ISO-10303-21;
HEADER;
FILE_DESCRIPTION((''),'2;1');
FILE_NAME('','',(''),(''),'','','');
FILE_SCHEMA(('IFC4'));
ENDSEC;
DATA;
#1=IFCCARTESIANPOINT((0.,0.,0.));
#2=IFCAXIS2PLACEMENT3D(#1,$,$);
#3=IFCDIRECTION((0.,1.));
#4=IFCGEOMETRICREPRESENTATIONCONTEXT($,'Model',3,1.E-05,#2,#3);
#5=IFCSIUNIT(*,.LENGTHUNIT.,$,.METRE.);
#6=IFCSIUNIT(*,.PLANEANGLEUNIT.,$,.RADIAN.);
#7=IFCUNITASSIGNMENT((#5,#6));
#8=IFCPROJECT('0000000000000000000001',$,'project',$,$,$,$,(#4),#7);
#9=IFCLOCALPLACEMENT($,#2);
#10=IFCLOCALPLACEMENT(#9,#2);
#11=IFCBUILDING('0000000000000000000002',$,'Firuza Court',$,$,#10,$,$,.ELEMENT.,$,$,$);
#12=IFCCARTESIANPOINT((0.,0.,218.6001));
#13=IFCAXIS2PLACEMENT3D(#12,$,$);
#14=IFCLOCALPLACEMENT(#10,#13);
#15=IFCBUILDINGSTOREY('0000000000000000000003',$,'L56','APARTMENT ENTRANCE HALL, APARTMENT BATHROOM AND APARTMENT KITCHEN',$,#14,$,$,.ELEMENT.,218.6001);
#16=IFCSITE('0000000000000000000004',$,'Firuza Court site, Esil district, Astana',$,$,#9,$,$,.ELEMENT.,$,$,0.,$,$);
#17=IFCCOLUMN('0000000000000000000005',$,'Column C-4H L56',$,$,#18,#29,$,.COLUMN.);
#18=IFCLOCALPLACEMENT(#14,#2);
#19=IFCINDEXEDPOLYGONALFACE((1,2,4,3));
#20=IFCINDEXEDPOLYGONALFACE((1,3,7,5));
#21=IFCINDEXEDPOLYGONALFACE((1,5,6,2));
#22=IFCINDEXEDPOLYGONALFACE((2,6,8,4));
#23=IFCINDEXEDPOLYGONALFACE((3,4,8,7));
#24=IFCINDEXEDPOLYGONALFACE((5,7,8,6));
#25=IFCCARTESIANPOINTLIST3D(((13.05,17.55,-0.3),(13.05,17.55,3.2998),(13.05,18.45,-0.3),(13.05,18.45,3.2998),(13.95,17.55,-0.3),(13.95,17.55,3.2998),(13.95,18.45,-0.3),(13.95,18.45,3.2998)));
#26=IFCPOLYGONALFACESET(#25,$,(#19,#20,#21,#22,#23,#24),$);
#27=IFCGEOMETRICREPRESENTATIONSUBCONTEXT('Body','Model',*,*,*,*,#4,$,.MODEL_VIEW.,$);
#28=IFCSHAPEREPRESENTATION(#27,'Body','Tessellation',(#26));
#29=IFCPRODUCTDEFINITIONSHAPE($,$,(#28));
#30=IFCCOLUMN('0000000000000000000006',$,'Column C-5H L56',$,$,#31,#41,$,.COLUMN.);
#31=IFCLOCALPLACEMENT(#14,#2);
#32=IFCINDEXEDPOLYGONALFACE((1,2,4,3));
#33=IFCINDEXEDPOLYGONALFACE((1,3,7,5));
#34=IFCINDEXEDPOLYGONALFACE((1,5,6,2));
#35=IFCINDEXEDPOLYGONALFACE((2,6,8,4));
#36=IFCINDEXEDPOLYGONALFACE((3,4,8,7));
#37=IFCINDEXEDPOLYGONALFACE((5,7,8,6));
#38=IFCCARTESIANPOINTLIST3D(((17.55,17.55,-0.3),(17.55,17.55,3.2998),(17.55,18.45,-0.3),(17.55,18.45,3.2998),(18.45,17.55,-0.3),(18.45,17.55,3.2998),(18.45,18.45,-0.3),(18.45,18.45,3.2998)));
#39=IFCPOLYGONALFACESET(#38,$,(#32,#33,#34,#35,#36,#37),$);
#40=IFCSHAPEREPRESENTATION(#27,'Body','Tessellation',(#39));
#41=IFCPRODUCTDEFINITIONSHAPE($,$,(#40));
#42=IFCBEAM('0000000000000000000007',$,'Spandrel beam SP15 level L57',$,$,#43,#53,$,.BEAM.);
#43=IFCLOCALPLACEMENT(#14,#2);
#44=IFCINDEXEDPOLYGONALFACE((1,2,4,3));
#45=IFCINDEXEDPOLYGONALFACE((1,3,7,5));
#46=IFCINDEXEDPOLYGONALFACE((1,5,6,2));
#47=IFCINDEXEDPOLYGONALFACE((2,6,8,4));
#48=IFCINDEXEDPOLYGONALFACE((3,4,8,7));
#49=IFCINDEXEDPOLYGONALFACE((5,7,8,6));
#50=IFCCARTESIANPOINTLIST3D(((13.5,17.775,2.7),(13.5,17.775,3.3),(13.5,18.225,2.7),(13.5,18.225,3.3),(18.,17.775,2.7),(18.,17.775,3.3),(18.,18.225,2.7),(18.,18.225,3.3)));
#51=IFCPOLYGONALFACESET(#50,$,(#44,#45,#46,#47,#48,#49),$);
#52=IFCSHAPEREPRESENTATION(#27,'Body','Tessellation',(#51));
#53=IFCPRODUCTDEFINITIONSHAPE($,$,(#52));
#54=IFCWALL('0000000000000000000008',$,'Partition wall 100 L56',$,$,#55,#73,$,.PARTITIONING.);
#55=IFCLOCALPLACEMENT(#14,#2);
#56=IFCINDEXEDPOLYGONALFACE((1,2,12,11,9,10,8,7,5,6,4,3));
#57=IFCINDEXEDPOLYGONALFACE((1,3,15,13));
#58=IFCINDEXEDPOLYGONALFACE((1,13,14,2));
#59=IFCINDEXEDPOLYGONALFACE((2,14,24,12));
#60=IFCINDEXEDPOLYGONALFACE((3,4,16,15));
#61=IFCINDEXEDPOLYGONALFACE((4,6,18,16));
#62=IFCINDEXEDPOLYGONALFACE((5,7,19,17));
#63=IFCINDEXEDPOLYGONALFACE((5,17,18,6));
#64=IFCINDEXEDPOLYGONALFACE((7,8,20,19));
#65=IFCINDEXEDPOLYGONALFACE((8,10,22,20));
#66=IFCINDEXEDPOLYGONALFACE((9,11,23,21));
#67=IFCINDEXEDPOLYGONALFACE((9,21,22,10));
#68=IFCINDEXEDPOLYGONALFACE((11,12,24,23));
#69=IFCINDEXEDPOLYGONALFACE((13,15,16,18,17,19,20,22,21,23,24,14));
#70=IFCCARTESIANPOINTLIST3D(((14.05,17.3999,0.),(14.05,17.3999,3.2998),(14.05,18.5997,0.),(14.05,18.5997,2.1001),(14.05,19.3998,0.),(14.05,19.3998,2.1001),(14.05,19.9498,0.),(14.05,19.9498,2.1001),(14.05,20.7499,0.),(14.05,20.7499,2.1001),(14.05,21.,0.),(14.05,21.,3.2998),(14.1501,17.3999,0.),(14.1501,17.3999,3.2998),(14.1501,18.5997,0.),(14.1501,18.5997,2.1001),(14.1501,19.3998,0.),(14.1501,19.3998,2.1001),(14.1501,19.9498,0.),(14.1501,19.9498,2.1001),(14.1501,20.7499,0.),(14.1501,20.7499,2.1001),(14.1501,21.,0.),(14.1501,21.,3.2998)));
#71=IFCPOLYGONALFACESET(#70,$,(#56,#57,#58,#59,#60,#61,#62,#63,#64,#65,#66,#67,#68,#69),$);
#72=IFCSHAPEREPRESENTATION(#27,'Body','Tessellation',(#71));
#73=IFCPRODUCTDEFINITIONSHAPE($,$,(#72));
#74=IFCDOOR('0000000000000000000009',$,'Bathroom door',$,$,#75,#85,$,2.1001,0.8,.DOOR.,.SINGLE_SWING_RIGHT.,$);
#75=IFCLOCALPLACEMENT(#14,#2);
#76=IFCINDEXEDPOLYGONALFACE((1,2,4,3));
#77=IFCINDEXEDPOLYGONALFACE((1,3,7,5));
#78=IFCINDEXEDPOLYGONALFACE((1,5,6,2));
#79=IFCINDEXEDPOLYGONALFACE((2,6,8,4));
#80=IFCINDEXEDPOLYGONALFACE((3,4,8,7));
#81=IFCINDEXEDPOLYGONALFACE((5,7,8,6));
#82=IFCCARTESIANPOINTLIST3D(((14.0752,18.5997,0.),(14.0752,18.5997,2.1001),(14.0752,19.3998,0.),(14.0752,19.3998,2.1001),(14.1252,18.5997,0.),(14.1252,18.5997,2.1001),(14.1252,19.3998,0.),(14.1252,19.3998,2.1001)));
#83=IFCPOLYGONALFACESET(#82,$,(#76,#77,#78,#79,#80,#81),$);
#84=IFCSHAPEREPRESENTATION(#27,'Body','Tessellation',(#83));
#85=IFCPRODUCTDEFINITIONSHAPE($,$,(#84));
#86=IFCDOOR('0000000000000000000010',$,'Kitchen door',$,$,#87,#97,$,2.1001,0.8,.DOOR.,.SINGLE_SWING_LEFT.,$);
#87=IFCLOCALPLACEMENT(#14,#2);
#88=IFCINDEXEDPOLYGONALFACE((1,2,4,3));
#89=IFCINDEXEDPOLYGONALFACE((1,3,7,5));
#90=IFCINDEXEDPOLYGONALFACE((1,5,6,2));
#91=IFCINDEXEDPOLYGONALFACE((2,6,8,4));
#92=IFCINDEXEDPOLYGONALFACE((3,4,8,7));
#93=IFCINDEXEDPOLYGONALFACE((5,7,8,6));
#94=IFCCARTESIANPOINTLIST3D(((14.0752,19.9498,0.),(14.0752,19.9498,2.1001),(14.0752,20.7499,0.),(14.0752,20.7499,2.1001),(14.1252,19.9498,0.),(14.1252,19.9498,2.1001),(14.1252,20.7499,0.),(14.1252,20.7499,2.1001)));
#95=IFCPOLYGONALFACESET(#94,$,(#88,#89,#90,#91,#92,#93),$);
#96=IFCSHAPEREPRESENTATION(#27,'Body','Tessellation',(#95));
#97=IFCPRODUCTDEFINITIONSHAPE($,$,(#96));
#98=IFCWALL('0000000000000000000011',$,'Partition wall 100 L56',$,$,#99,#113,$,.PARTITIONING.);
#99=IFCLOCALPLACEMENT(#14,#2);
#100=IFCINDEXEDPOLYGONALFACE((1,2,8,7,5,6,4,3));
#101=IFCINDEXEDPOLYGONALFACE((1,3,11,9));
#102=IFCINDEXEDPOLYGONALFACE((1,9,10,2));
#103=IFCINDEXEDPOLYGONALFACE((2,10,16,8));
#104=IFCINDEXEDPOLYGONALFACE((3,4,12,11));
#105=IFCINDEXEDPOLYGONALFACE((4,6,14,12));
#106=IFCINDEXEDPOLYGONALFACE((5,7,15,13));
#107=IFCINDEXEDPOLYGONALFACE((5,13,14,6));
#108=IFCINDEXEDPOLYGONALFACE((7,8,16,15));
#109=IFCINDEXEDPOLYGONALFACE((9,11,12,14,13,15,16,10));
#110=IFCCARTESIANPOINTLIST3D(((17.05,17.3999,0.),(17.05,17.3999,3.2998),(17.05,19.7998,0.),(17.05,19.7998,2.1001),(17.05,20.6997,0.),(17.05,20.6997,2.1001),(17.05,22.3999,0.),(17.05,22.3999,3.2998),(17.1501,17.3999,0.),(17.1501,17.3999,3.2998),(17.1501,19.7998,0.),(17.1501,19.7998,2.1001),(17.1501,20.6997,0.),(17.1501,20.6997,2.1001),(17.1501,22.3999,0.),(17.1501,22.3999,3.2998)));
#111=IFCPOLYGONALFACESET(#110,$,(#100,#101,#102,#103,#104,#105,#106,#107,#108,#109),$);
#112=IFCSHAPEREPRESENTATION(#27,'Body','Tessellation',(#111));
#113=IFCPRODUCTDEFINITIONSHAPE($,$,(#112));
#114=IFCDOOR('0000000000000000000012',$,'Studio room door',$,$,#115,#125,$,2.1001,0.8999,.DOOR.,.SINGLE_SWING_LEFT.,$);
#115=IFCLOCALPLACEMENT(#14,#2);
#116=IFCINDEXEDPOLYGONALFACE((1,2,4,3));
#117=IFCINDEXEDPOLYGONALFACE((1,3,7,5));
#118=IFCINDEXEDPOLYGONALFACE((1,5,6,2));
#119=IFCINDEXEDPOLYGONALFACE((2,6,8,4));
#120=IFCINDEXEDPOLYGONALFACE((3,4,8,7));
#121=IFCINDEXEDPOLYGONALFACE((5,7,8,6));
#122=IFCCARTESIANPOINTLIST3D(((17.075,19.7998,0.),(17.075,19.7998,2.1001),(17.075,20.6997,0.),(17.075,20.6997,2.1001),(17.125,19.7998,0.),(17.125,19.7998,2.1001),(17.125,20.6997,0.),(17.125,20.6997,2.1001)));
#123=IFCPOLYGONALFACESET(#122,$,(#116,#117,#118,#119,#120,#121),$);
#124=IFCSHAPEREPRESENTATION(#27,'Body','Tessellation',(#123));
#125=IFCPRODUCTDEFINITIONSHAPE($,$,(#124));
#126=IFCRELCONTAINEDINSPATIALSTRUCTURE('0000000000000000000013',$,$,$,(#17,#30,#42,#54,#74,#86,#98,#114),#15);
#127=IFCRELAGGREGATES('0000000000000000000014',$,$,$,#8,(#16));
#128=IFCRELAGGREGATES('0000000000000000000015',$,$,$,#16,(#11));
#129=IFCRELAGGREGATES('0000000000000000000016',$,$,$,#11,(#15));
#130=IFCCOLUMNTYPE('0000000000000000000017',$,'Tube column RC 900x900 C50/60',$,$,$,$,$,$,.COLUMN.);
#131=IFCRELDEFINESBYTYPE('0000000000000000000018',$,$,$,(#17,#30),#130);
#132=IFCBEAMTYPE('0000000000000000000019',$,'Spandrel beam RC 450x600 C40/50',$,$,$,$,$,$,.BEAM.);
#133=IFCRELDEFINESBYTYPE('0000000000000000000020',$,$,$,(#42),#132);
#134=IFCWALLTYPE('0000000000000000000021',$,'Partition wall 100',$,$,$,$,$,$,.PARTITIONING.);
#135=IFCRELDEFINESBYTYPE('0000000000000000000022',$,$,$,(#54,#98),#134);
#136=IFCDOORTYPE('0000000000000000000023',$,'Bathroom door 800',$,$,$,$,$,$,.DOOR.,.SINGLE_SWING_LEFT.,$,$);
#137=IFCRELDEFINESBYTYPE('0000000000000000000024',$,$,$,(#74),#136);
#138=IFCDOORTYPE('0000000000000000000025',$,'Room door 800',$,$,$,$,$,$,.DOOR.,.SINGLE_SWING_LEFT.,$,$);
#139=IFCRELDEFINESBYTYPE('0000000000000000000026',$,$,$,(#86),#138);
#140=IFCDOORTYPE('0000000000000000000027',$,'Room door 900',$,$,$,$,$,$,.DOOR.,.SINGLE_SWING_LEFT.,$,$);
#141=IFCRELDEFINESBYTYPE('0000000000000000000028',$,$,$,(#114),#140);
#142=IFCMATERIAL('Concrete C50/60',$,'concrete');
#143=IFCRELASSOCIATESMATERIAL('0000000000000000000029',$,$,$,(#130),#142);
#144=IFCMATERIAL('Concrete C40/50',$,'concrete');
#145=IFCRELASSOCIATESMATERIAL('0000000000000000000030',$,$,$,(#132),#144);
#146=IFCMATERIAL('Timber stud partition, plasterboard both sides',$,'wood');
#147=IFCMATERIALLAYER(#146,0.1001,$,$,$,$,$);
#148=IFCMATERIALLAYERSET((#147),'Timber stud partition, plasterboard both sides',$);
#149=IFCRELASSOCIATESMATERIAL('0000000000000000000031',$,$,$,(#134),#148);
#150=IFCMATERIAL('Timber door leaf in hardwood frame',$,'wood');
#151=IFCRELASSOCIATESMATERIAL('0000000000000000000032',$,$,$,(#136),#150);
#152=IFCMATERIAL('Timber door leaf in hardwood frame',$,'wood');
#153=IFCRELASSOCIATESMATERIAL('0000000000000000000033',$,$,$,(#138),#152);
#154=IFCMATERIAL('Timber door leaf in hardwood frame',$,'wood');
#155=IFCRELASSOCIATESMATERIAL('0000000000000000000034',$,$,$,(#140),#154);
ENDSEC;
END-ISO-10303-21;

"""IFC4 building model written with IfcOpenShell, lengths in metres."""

from ifc_helpers import new_model, si_unit, direction, frame, frame_2d, origin, origin_2d, place, context, subcontext, project, spatial, rectangle, extrude, material, layer, layer_set, material_profile, profile_set, type_object, element, fill, save


model = new_model("IFC4")

# Units and contexts
model_context = context("Model", 3, precision=1e-05, world=origin(), true_north=direction((0.0, 1.0)))
body_context = subcontext(model_context, "Body", "Model", "MODEL_VIEW")
ifc_project = project(units=[si_unit("LENGTHUNIT", "METRE"), si_unit("PLANEANGLEUNIT", "RADIAN")], contexts=[model_context])

# Site, building, storey
site_placement = place(None, origin())
site = spatial("IfcSite", under=ifc_project, at=site_placement, Name="Firuza Court site, Esil district, Astana", CompositionType="ELEMENT", RefElevation=0.0)
building_placement = place(site_placement, origin())
building = spatial("IfcBuilding", under=site, at=building_placement, Name="Firuza Court", CompositionType="ELEMENT")
storey_placement = place(building_placement, frame((0.0, 0.0, 218.6001)))
storey = spatial("IfcBuildingStorey", under=building, at=storey_placement, Name="L56", Description="APARTMENT ENTRANCE HALL, APARTMENT BATHROOM AND APARTMENT KITCHEN", CompositionType="ELEMENT", Elevation=218.6001)

# Columns
ifc_material_1 = material(Name="Concrete C50/60", Category="concrete")
ifc_material_profile_1 = material_profile(ifc_material_1, rectangle(XDim=0.8999, YDim=0.8999, at=origin_2d()), Name="RC 900x900")
ifc_profile_set_1 = profile_set([ifc_material_profile_1], Name="Concrete C50/60")
column_type = type_object("IfcColumnType", Name="Tube column RC 900x900 C50/60", PredefinedType="COLUMN", material=ifc_profile_set_1)
for number, where, z_axis, x_axis, name in (
    (1, (13.5, 18.0, -0.3), (0.0, 0.0, 1.0), (1.0, 0.0, 0.0), "Column C-4H L56"),
    (2, (18.0, 18.0, -0.3), (0.0, 0.0, 1.0), (1.0, 0.0, 0.0), "Column C-5H L56"),
):
    element("IfcColumn", number, at=place(storey_placement, frame(where, z_axis=z_axis, x_axis=x_axis)), inside=storey, type_object=column_type, Name=name, PredefinedType="COLUMN", context=body_context, shape_type="SweptSolid", body=[
        extrude(rectangle(XDim=0.8999, YDim=0.8999, at=origin_2d()), origin(), (0.0, 0.0, 1.0), 3.5999),
    ])

# Beam
ifc_material_2 = material(Name="Concrete C40/50", Category="concrete")
ifc_material_profile_2 = material_profile(ifc_material_2, rectangle(XDim=0.45, YDim=0.6001, at=origin_2d()), Name="RC 450x600")
ifc_profile_set_2 = profile_set([ifc_material_profile_2], Name="Concrete C40/50")
beam_type = type_object("IfcBeamType", Name="Spandrel beam RC 450x600 C40/50", PredefinedType="BEAM", material=ifc_profile_set_2)
beam_placement = place(storey_placement, frame((13.5, 18.0, 3.0), z_axis=(1.0, 0.0, 0.0), x_axis=(0.0, 1.0, 0.0)))
element("IfcBeam", 3, at=beam_placement, inside=storey, type_object=beam_type, Name="Spandrel beam SP15 level L57", PredefinedType="BEAM", context=body_context, shape_type="SweptSolid", body=[
    extrude(rectangle(XDim=0.45, YDim=0.6001, at=origin_2d()), origin(), (0.0, 0.0, 1.0), 4.5),
])

# Wall, openings, doors
ifc_material_3 = material(Name="Timber stud partition, plasterboard both sides", Category="wood")
ifc_layer = layer(ifc_material_3, 0.1001)
ifc_layer_set = layer_set([ifc_layer], Name="Timber stud partition, plasterboard both sides")
wall_type = type_object("IfcWallType", Name="Partition wall 100", PredefinedType="PARTITIONING", material=ifc_layer_set)
wall_1_placement = place(storey_placement, frame((14.1001, 17.3999, 0.0), z_axis=(0.0, 0.0, 1.0), x_axis=(0.0, 1.0, 0.0)))
wall_1 = element("IfcWall", 4, at=wall_1_placement, inside=storey, type_object=wall_type, Name="Partition wall 100 L56", PredefinedType="PARTITIONING", context=body_context, shape_type="SweptSolid", body=[
    extrude(rectangle(XDim=3.6001, YDim=0.1001, at=frame_2d((1.8, 0.0))), origin(), (0.0, 0.0, 1.0), 3.2998),
])
opening_1_placement = place(wall_1_placement, frame((1.2, 0.0, 0.0)))
opening_1 = element("IfcOpeningElement", 5, at=opening_1_placement, cuts=wall_1, PredefinedType="OPENING", context=body_context, shape_type="SweptSolid", body=[
    extrude(rectangle(XDim=0.8, YDim=2.1001, at=frame_2d((0.3999, 1.05))), frame((0.0, 0.062, 0.0), z_axis=(0.0, -1.0, 0.0), x_axis=(1.0, 0.0, 0.0)), (0.0, 0.0, 1.0), 0.124),
])
opening_2_placement = place(wall_1_placement, frame((2.55, 0.0, 0.0)))
opening_2 = element("IfcOpeningElement", 6, at=opening_2_placement, cuts=wall_1, PredefinedType="OPENING", context=body_context, shape_type="SweptSolid", body=[
    extrude(rectangle(XDim=0.8, YDim=2.1001, at=frame_2d((0.3999, 1.05))), frame((0.0, 0.062, 0.0), z_axis=(0.0, -1.0, 0.0), x_axis=(1.0, 0.0, 0.0)), (0.0, 0.0, 1.0), 0.124),
])
ifc_material_4 = material(Name="Timber door leaf in hardwood frame", Category="wood")
door_type_1 = type_object("IfcDoorType", Name="Bathroom door 800", OperationType="SINGLE_SWING_LEFT", PredefinedType="DOOR", material=ifc_material_4)
door_1_placement = place(opening_1_placement, origin())
door_1 = element("IfcDoor", 7, at=door_1_placement, inside=storey, type_object=door_type_1, Name="Bathroom door", OperationType="SINGLE_SWING_RIGHT", OverallHeight=2.1001, OverallWidth=0.8, PredefinedType="DOOR", context=body_context, shape_type="SweptSolid", body=[
    extrude(rectangle(XDim=0.8, YDim=2.1001, at=frame_2d((0.3999, 1.05))), frame((0.0, 0.0249, 0.0), z_axis=(0.0, -1.0, 0.0), x_axis=(1.0, 0.0, 0.0)), (0.0, 0.0, 1.0), 0.05),
])
fill(opening_1, door_1)
ifc_material_5 = material(Name="Timber door leaf in hardwood frame", Category="wood")
door_type_2 = type_object("IfcDoorType", Name="Room door 800", OperationType="SINGLE_SWING_LEFT", PredefinedType="DOOR", material=ifc_material_5)
door_2_placement = place(opening_2_placement, origin())
door_2 = element("IfcDoor", 8, at=door_2_placement, inside=storey, type_object=door_type_2, Name="Kitchen door", OperationType="SINGLE_SWING_LEFT", OverallHeight=2.1001, OverallWidth=0.8, PredefinedType="DOOR", context=body_context, shape_type="SweptSolid", body=[
    extrude(rectangle(XDim=0.8, YDim=2.1001, at=frame_2d((0.3999, 1.05))), frame((0.0, 0.0249, 0.0), z_axis=(0.0, -1.0, 0.0), x_axis=(1.0, 0.0, 0.0)), (0.0, 0.0, 1.0), 0.05),
])
fill(opening_2, door_2)

# Wall, opening, door
wall_2_placement = place(storey_placement, frame((17.1001, 17.3999, 0.0), z_axis=(0.0, 0.0, 1.0), x_axis=(0.0, 1.0, 0.0)))
wall_2 = element("IfcWall", 9, at=wall_2_placement, inside=storey, type_object=wall_type, Name="Partition wall 100 L56", PredefinedType="PARTITIONING", context=body_context, shape_type="SweptSolid", body=[
    extrude(rectangle(XDim=5.0, YDim=0.1001, at=frame_2d((2.5, 0.0))), origin(), (0.0, 0.0, 1.0), 3.2998),
])
opening_3_placement = place(wall_2_placement, frame((2.3999, 0.0, 0.0)))
opening_3 = element("IfcOpeningElement", 10, at=opening_3_placement, cuts=wall_2, PredefinedType="OPENING", context=body_context, shape_type="SweptSolid", body=[
    extrude(rectangle(XDim=0.8999, YDim=2.1001, at=frame_2d((0.45, 1.05))), frame((0.0, 0.062, 0.0), z_axis=(0.0, -1.0, 0.0), x_axis=(1.0, 0.0, 0.0)), (0.0, 0.0, 1.0), 0.124),
])
ifc_material_6 = material(Name="Timber door leaf in hardwood frame", Category="wood")
door_type_3 = type_object("IfcDoorType", Name="Room door 900", OperationType="SINGLE_SWING_LEFT", PredefinedType="DOOR", material=ifc_material_6)
door_3_placement = place(opening_3_placement, frame((0.8999, 0.0, 0.0), z_axis=(0.0, 0.0, 1.0), x_axis=(-1.0, 0.0, 0.0)))
door_3 = element("IfcDoor", 11, at=door_3_placement, inside=storey, type_object=door_type_3, Name="Studio room door", OperationType="SINGLE_SWING_LEFT", OverallHeight=2.1001, OverallWidth=0.8999, PredefinedType="DOOR", context=body_context, shape_type="SweptSolid", body=[
    extrude(rectangle(XDim=0.8999, YDim=2.1001, at=frame_2d((0.45, 1.05))), frame((0.0, 0.0249, 0.0), z_axis=(0.0, -1.0, 0.0), x_axis=(1.0, 0.0, 0.0)), (0.0, 0.0, 1.0), 0.05),
])
fill(opening_3, door_3)

save(model, "model.ifc")
